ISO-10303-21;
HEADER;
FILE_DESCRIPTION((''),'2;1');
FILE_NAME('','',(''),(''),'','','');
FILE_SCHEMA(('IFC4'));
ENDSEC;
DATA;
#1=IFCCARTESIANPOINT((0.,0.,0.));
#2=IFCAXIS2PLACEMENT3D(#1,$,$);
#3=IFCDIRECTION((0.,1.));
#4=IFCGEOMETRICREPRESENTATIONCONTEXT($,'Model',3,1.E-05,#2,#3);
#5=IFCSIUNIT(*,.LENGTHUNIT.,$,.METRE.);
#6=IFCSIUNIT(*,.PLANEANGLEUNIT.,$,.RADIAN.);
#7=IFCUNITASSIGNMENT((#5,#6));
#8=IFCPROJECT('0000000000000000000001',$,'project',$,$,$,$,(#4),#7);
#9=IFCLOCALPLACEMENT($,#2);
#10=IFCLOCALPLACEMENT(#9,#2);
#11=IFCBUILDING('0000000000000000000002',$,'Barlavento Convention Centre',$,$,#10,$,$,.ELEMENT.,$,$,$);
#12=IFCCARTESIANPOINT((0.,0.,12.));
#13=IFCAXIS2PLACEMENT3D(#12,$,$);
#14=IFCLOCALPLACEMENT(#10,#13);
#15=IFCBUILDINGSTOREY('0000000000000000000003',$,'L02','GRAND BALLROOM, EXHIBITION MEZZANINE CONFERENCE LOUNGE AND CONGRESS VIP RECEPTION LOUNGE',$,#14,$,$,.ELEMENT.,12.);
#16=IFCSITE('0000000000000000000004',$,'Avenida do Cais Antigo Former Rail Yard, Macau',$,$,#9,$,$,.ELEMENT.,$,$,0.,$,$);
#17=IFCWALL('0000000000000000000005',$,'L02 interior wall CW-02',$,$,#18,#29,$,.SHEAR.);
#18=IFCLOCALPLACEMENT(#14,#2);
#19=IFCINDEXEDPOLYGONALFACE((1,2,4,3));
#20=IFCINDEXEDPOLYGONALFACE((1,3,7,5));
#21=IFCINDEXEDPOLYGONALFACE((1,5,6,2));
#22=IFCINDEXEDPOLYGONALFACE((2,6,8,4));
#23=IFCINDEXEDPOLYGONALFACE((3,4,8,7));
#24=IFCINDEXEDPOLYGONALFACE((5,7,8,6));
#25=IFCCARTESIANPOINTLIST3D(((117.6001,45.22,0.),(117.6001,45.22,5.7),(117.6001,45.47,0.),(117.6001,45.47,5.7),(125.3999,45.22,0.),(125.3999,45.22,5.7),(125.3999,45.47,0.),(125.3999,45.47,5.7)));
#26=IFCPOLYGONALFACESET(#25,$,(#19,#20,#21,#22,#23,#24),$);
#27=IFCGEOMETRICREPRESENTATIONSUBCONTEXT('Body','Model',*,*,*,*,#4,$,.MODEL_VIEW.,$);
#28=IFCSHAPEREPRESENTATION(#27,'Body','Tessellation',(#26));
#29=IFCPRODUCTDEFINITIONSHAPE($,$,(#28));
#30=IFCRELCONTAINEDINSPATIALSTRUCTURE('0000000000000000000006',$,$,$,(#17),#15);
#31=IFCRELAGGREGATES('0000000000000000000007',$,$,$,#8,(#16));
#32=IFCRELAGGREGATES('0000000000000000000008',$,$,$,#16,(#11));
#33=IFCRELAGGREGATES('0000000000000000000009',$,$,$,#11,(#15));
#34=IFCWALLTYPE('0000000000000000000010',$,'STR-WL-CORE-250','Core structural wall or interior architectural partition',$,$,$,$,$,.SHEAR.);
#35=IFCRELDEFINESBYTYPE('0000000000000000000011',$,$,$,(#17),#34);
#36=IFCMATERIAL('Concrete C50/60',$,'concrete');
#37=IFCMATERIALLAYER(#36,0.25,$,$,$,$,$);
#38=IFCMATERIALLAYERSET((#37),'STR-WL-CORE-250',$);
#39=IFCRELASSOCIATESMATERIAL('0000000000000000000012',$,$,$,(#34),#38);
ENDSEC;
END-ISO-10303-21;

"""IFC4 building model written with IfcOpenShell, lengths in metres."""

from ifc_helpers import new_model, si_unit, direction, frame, frame_2d, origin, place, context, subcontext, project, spatial, rectangle, extrude, material, layer, layer_set, type_object, element, save


model = new_model("IFC4")

# Units and contexts
model_context = context("Model", 3, precision=1e-05, world=origin(), true_north=direction((0.0, 1.0)))
body_context = subcontext(model_context, "Body", "Model", "MODEL_VIEW")
ifc_project = project(units=[si_unit("LENGTHUNIT", "METRE"), si_unit("PLANEANGLEUNIT", "RADIAN")], contexts=[model_context])

# Site, building, storey
site_placement = place(None, origin())
site = spatial("IfcSite", under=ifc_project, at=site_placement, Name="Avenida do Cais Antigo Former Rail Yard, Macau", CompositionType="ELEMENT", RefElevation=0.0)
building_placement = place(site_placement, origin())
building = spatial("IfcBuilding", under=site, at=building_placement, Name="Barlavento Convention Centre", CompositionType="ELEMENT")
storey_placement = place(building_placement, frame((0.0, 0.0, 12.0)))
storey = spatial("IfcBuildingStorey", under=building, at=storey_placement, Name="L02", Description="GRAND BALLROOM, EXHIBITION MEZZANINE CONFERENCE LOUNGE AND CONGRESS VIP RECEPTION LOUNGE", CompositionType="ELEMENT", Elevation=12.0)

# Wall
ifc_material_1 = material(Name="Concrete C50/60", Category="concrete")
ifc_layer_1 = layer(ifc_material_1, 0.25)
ifc_layer_set_1 = layer_set([ifc_layer_1], Name="STR-WL-CORE-250")
wall_type = type_object("IfcWallType", Name="STR-WL-CORE-250", Description="Core structural wall or interior architectural partition", PredefinedType="SHEAR", material=ifc_layer_set_1)
wall_placement = place(storey_placement, frame((117.6001, 45.345, 0.0), z_axis=(0.0, 0.0, 1.0), x_axis=(1.0, 0.0, 0.0)))
element("IfcWall", 1, at=wall_placement, inside=storey, type_object=wall_type, Name="L02 interior wall CW-02", PredefinedType="SHEAR", context=body_context, shape_type="SweptSolid", body=[
    extrude(rectangle(XDim=7.7998, YDim=0.25, at=frame_2d((3.8999, 0.0))), origin(), (0.0, 0.0, 1.0), 5.7),
])

save(model, "model.ifc")
